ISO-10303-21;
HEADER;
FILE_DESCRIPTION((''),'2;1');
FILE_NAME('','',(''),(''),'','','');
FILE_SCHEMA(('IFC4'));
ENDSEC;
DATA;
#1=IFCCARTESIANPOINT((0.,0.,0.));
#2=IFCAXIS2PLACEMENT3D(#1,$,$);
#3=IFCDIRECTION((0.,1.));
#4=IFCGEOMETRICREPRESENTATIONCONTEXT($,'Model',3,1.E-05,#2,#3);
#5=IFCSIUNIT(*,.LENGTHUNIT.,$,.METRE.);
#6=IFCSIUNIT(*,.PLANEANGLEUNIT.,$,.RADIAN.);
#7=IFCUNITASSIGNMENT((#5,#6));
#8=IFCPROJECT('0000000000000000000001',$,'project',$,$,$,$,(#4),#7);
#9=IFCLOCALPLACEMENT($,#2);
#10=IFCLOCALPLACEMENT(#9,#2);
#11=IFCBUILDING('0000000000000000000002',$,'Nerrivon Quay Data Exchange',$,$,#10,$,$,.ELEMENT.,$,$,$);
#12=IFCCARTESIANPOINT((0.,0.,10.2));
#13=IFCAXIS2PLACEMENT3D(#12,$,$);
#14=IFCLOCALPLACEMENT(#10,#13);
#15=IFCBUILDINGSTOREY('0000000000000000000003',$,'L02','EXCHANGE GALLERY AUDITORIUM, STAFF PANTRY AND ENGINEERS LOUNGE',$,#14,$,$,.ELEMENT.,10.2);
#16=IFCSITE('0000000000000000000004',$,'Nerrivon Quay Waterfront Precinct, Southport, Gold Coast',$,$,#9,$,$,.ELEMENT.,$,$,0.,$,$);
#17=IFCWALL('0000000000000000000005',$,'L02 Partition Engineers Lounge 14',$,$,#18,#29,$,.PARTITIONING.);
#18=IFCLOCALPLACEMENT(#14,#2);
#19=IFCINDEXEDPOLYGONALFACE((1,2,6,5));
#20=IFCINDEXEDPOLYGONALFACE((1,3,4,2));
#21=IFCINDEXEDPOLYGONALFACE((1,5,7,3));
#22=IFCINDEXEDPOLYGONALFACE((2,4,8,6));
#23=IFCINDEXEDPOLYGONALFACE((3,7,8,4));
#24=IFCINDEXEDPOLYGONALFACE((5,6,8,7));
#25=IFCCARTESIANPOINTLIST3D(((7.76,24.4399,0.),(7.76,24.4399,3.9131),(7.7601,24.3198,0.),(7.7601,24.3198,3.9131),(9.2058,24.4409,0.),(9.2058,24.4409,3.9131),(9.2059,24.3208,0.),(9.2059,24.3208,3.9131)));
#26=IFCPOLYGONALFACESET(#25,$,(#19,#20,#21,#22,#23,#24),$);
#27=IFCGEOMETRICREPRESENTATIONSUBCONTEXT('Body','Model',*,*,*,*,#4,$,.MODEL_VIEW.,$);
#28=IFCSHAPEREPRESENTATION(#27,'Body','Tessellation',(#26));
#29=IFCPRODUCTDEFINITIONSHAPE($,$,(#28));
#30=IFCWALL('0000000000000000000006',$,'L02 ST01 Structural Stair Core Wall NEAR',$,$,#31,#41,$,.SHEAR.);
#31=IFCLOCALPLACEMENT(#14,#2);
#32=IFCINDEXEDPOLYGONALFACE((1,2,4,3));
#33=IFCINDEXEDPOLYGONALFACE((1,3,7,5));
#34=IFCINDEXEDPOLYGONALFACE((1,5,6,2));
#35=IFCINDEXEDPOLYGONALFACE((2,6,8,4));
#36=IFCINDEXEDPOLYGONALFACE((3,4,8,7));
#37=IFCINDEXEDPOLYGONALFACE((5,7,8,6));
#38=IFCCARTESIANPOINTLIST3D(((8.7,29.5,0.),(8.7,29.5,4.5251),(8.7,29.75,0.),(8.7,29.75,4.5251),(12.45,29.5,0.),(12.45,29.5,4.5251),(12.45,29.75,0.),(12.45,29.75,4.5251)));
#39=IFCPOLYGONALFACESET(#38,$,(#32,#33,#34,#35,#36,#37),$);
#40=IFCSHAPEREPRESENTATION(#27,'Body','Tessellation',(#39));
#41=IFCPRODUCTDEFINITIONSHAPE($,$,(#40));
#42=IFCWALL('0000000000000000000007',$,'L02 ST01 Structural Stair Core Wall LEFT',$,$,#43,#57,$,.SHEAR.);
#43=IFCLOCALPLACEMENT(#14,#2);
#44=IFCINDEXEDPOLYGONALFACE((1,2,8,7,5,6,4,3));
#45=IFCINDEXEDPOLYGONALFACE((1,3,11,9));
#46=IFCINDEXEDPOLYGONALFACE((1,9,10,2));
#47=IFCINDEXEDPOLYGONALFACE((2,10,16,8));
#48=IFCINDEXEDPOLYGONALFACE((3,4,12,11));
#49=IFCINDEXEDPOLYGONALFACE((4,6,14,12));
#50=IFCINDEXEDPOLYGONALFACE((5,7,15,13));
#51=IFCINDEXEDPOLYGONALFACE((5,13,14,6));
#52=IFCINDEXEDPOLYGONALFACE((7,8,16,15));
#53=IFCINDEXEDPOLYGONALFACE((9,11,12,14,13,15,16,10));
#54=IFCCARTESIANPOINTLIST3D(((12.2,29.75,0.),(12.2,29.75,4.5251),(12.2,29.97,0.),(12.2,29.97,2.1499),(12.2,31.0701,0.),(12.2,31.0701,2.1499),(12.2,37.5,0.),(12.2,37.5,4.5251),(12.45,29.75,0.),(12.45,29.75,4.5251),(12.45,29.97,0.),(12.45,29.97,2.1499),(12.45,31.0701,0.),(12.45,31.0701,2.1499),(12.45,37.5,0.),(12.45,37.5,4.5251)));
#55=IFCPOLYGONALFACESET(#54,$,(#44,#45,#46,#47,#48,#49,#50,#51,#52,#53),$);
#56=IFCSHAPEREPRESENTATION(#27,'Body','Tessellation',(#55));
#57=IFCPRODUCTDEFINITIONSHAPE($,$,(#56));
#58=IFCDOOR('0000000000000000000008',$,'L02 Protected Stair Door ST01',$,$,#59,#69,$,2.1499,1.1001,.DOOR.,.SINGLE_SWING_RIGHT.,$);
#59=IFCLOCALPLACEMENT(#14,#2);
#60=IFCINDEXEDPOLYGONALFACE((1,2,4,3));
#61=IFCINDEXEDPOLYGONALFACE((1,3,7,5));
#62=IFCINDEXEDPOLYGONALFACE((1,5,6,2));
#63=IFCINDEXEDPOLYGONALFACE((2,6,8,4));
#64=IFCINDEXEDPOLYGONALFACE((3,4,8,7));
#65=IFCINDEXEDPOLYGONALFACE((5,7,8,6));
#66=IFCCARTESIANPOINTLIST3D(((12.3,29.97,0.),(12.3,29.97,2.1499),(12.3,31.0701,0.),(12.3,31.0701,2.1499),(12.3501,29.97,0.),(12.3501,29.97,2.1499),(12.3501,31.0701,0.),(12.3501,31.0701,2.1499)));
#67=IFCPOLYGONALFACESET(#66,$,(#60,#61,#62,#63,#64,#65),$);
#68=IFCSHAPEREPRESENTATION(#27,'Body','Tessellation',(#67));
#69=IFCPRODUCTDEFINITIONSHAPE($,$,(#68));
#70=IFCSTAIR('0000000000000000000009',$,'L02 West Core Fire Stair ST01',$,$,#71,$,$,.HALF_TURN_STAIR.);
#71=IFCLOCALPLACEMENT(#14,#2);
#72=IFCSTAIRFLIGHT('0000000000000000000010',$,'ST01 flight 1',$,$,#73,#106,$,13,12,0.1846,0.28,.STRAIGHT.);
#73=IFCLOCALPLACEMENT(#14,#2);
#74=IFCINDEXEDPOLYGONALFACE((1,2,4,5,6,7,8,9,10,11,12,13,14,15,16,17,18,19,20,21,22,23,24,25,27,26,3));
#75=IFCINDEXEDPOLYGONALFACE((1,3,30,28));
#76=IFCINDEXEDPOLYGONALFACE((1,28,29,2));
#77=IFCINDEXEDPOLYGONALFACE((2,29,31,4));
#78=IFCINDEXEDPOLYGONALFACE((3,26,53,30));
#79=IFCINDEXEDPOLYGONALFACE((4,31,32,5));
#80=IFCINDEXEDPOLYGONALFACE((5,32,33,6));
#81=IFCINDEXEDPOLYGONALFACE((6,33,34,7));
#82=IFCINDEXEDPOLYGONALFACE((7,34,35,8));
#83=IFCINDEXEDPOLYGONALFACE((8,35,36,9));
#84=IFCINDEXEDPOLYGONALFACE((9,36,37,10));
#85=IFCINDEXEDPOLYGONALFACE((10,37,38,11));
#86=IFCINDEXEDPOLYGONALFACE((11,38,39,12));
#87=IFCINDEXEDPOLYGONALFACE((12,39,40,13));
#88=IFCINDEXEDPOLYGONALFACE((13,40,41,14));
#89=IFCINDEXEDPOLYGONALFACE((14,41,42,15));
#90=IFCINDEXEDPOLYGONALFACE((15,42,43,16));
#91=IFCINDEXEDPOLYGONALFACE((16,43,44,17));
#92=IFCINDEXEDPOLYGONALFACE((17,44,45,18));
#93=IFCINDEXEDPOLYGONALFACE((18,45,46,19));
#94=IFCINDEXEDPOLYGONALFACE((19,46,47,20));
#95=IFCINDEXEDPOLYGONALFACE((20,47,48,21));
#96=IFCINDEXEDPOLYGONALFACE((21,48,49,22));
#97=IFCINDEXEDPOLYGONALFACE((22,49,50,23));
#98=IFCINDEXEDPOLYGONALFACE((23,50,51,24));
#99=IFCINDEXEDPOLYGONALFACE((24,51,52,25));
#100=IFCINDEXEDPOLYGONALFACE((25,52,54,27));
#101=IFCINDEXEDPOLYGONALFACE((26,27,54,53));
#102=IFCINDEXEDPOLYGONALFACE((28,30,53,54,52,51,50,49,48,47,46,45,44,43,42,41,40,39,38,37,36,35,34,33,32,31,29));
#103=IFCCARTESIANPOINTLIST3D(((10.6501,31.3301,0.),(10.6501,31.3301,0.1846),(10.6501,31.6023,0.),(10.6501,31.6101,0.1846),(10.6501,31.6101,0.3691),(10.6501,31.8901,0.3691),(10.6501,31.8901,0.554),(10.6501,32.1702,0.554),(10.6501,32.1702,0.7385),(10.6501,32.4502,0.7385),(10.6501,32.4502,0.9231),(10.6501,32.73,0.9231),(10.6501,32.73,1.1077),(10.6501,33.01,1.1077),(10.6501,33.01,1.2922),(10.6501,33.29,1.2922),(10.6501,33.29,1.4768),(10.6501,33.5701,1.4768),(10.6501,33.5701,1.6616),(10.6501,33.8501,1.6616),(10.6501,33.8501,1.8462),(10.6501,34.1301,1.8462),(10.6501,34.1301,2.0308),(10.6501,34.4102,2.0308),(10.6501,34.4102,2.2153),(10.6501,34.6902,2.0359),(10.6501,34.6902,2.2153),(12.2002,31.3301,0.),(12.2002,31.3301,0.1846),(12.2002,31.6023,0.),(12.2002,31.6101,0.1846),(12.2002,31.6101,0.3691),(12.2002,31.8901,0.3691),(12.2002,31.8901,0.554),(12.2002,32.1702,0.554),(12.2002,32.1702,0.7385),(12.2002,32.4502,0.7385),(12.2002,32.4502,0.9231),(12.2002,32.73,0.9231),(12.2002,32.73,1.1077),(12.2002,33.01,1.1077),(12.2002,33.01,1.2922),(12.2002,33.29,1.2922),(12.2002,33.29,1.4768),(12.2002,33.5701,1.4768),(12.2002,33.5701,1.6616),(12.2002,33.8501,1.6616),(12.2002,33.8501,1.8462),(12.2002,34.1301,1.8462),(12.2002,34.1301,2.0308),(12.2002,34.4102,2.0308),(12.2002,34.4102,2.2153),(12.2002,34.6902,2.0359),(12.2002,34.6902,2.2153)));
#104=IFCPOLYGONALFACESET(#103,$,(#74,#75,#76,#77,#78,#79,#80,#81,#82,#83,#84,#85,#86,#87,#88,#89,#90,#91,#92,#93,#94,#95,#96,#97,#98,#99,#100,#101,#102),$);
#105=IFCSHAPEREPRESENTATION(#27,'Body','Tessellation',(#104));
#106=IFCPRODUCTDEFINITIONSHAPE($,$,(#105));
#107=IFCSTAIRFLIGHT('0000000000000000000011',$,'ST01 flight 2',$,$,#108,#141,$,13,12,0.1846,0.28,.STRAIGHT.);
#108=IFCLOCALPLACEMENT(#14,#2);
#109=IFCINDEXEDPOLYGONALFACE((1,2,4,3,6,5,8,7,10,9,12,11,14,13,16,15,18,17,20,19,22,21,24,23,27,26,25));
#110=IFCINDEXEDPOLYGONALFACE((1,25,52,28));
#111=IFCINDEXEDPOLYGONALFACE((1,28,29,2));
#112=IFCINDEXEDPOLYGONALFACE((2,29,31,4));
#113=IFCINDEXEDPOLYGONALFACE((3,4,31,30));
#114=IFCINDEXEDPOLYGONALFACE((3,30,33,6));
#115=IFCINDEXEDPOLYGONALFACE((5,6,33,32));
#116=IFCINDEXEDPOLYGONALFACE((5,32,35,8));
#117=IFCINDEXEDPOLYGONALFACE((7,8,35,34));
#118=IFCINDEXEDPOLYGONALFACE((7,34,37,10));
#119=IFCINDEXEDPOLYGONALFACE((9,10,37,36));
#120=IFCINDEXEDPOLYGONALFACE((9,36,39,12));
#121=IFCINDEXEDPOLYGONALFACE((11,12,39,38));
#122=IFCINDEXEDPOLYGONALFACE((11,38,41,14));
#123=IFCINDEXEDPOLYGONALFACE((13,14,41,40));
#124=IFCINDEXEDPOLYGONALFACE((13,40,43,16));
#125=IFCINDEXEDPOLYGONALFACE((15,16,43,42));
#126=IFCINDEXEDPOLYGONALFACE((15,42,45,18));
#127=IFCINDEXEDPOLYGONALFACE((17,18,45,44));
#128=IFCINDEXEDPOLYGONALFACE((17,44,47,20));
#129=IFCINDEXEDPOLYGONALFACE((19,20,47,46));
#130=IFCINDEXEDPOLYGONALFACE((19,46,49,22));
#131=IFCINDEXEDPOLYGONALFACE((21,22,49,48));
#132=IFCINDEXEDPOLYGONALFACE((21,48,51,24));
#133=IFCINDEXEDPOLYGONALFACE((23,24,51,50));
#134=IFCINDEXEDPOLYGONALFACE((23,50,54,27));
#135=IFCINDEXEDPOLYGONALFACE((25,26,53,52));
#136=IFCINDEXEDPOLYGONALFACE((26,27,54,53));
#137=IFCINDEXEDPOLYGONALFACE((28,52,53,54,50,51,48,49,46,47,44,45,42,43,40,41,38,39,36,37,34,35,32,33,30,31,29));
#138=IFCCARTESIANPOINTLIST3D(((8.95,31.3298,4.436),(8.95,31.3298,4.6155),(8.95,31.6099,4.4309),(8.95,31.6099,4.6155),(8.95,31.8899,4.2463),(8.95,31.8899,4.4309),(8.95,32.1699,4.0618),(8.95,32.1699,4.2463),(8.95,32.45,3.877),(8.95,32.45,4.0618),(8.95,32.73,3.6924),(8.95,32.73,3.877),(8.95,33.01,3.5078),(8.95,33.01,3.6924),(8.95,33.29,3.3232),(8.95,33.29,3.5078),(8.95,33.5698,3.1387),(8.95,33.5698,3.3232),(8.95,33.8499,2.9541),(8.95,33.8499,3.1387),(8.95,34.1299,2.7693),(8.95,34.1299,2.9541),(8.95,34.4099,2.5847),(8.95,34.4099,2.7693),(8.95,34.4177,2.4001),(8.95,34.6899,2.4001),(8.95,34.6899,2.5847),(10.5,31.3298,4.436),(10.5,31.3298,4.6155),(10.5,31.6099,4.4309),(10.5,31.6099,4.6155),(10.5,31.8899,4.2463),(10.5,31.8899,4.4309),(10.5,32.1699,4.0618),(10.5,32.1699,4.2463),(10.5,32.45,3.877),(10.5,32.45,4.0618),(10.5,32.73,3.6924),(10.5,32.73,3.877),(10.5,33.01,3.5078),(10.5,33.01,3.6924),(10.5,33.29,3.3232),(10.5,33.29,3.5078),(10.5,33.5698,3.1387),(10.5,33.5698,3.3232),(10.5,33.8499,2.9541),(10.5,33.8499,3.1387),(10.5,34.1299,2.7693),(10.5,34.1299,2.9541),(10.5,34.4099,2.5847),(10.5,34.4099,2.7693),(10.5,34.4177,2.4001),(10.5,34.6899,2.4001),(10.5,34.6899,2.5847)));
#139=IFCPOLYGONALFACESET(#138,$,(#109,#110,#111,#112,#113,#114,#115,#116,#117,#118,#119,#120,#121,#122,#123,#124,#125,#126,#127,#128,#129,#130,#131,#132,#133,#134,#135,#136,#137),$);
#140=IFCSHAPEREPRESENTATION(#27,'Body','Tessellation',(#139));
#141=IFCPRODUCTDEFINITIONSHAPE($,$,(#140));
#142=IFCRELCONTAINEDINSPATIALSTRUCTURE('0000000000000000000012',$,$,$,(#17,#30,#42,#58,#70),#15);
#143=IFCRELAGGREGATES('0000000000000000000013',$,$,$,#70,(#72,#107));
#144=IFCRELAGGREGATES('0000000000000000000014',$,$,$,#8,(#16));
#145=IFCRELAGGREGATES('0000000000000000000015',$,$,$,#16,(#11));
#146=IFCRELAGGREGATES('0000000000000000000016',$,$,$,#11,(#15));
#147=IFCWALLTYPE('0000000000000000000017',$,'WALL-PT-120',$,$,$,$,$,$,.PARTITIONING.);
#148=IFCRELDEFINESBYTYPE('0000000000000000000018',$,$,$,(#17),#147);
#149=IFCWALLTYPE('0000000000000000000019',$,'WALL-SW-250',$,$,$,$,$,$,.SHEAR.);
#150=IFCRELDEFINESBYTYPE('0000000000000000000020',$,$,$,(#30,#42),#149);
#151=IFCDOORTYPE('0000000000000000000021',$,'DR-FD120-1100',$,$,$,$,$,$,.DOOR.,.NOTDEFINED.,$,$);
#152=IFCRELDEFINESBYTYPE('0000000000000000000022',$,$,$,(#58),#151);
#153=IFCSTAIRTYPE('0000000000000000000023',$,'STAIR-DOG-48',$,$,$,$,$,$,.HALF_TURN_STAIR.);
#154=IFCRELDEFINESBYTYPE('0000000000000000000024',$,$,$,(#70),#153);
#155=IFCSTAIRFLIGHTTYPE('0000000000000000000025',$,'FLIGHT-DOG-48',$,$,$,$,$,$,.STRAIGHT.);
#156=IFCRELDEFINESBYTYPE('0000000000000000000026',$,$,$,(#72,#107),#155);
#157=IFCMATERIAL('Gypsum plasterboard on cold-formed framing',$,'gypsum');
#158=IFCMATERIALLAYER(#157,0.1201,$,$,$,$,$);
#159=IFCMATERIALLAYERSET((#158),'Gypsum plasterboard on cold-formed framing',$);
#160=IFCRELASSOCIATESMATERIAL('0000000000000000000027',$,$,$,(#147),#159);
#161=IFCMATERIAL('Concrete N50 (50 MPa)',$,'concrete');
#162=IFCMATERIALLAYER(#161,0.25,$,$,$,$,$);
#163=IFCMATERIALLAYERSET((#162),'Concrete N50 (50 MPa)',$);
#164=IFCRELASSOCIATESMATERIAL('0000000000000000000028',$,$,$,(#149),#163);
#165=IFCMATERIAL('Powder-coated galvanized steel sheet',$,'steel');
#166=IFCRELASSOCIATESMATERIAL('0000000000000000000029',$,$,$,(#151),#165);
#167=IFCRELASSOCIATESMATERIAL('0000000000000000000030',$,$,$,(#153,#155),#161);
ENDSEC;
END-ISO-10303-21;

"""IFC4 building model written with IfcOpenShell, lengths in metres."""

from ifc_helpers import new_model, si_unit, direction, frame, frame_2d, origin, place, context, subcontext, project, spatial, polyline, rectangle, outline, extrude, material, layer, layer_set, type_object, element, fill, aggregate, save


model = new_model("IFC4")

# Units and contexts
model_context = context("Model", 3, precision=1e-05, world=origin(), true_north=direction((0.0, 1.0)))
body_context = subcontext(model_context, "Body", "Model", "MODEL_VIEW")
ifc_project = project(units=[si_unit("LENGTHUNIT", "METRE"), si_unit("PLANEANGLEUNIT", "RADIAN")], contexts=[model_context])

# Site, building, storey
site_placement = place(None, origin())
site = spatial("IfcSite", under=ifc_project, at=site_placement, Name="Nerrivon Quay Waterfront Precinct, Southport, Gold Coast", CompositionType="ELEMENT", RefElevation=0.0)
building_placement = place(site_placement, origin())
building = spatial("IfcBuilding", under=site, at=building_placement, Name="Nerrivon Quay Data Exchange", CompositionType="ELEMENT")
storey_placement = place(building_placement, frame((0.0, 0.0, 10.2)))
storey = spatial("IfcBuildingStorey", under=building, at=storey_placement, Name="L02", Description="EXCHANGE GALLERY AUDITORIUM, STAFF PANTRY AND ENGINEERS LOUNGE", CompositionType="ELEMENT", Elevation=10.2)

# Shared definitions
ifc_material_1 = material(Name="Concrete N50 (50 MPa)", Category="concrete")

# Shared definitions
ifc_material_2 = material(Name="Gypsum plasterboard on cold-formed framing", Category="gypsum")
ifc_material_3 = material(Name="Powder-coated galvanized steel sheet", Category="steel")

# Walls
ifc_layer_1 = layer(ifc_material_2, 0.1201)
ifc_layer_set_1 = layer_set([ifc_layer_1], Name="Gypsum plasterboard on cold-formed framing")
wall_type_1 = type_object("IfcWallType", Name="WALL-PT-120", PredefinedType="PARTITIONING", material=ifc_layer_set_1)
wall_1_placement = place(storey_placement, frame((9.2058, 24.3809, 0.0), z_axis=(0.0, 0.0, 1.0), x_axis=(-1.0, -0.000675, 0.0)))
element("IfcWall", 1, at=wall_1_placement, inside=storey, type_object=wall_type_1, Name="L02 Partition Engineers Lounge 14", PredefinedType="PARTITIONING", context=body_context, shape_type="SweptSolid", body=[
    extrude(rectangle(XDim=1.4458, YDim=0.1201, at=frame_2d((0.7229, 0.0))), origin(), (0.0, 0.0, 1.0), 3.9131),
])
ifc_layer_2 = layer(ifc_material_1, 0.25)
ifc_layer_set_2 = layer_set([ifc_layer_2], Name="Concrete N50 (50 MPa)")
wall_type_2 = type_object("IfcWallType", Name="WALL-SW-250", PredefinedType="SHEAR", material=ifc_layer_set_2)
wall_2_placement = place(storey_placement, frame((12.45, 29.625, 0.0), z_axis=(0.0, 0.0, 1.0), x_axis=(-1.0, 0.0, 0.0)))
element("IfcWall", 2, at=wall_2_placement, inside=storey, type_object=wall_type_2, Name="L02 ST01 Structural Stair Core Wall NEAR", PredefinedType="SHEAR", context=body_context, shape_type="SweptSolid", body=[
    extrude(rectangle(XDim=3.75, YDim=0.25, at=frame_2d((1.875, 0.0))), origin(), (0.0, 0.0, 1.0), 4.5251),
])

# Wall, opening, door
wall_3_placement = place(storey_placement, frame((12.325, 29.75, 0.0), z_axis=(0.0, 0.0, 1.0), x_axis=(0.0, 1.0, 0.0)))
wall_3 = element("IfcWall", 3, at=wall_3_placement, inside=storey, type_object=wall_type_2, Name="L02 ST01 Structural Stair Core Wall LEFT", PredefinedType="SHEAR", context=body_context, shape_type="SweptSolid", body=[
    extrude(rectangle(XDim=7.75, YDim=0.25, at=frame_2d((3.875, 0.0))), origin(), (0.0, 0.0, 1.0), 4.5251),
])
opening_1_placement = place(wall_3_placement, frame((0.22, 0.0, 0.0)))
opening_1 = element("IfcOpeningElement", 4, at=opening_1_placement, cuts=wall_3, PredefinedType="OPENING", context=body_context, shape_type="SweptSolid", body=[
    extrude(rectangle(XDim=1.1001, YDim=2.1499, at=frame_2d((0.55, 1.075))), frame((0.0, 0.135, 0.0), z_axis=(0.0, -1.0, 0.0), x_axis=(1.0, 0.0, 0.0)), (0.0, 0.0, 1.0), 0.27),
])
door_type_1 = type_object("IfcDoorType", Name="DR-FD120-1100", OperationType="NOTDEFINED", PredefinedType="DOOR", material=ifc_material_3)
door_1_placement = place(opening_1_placement, origin())
door_1 = element("IfcDoor", 5, at=door_1_placement, inside=storey, type_object=door_type_1, Name="L02 Protected Stair Door ST01", OperationType="SINGLE_SWING_RIGHT", OverallHeight=2.1499, OverallWidth=1.1001, PredefinedType="DOOR", context=body_context, shape_type="SweptSolid", body=[
    extrude(rectangle(XDim=1.1001, YDim=2.1499, at=frame_2d((0.55, 1.075))), frame((0.0, 0.0249, 0.0), z_axis=(0.0, -1.0, 0.0), x_axis=(1.0, 0.0, 0.0)), (0.0, 0.0, 1.0), 0.05),
])
fill(opening_1, door_1)

# Stair, stair flights
stair_type = type_object("IfcStairType", Name="STAIR-DOG-48", PredefinedType="HALF_TURN_STAIR", material=ifc_material_1)
stair_placement = place(storey_placement, origin())
stair = element("IfcStair", 6, at=stair_placement, inside=storey, type_object=stair_type, Name="L02 West Core Fire Stair ST01", PredefinedType="HALF_TURN_STAIR")
stair_flight_type = type_object("IfcStairFlightType", Name="FLIGHT-DOG-48", PredefinedType="STRAIGHT", material=ifc_material_1)
stair_flight_1_placement = place(storey_placement, frame((11.425, 31.3301, 0.0), z_axis=(0.0, 0.0, 1.0), x_axis=(0.0, 1.0, 0.0)))
stair_flight_1 = element("IfcStairFlight", 7, at=stair_flight_1_placement, type_object=stair_flight_type, Name="ST01 flight 1", NumberOfRisers=13, NumberOfTreads=12, PredefinedType="STRAIGHT", RiserHeight=0.1846, TreadLength=0.28, context=body_context, shape_type="SweptSolid", body=[
    extrude(outline(polyline([(0.0, 0.0), (0.0, 0.1846), (0.28, 0.1846), (0.28, 0.3691), (0.5601, 0.3691), (0.5601, 0.554), (0.8401, 0.554), (0.8401, 0.7385), (1.1201, 0.7385), (1.1201, 0.9231), (1.3999, 0.9231), (1.3999, 1.1077), (1.6799, 1.1077), (1.6799, 1.2922), (1.96, 1.2922), (1.96, 1.4768), (2.24, 1.4768), (2.24, 1.6616), (2.52, 1.6616), (2.52, 1.8462), (2.8, 1.8462), (2.8, 2.0308), (3.0801, 2.0308), (3.0801, 2.2153), (3.3601, 2.2153), (3.3601, 2.3999), (3.3601, 2.0359), (0.2722, 0.0), (0.0, 0.0)])), frame((0.0, 0.7749, 0.0), z_axis=(0.0, -1.0, 0.0), x_axis=(1.0, 0.0, 0.0)), (0.0, 0.0, 1.0), 1.55),
])
stair_flight_2_placement = place(storey_placement, frame((9.7251, 34.6899, 2.4001), z_axis=(0.0, 0.0, 1.0), x_axis=(0.0, -1.0, 0.0)))
stair_flight_2 = element("IfcStairFlight", 8, at=stair_flight_2_placement, type_object=stair_flight_type, Name="ST01 flight 2", NumberOfRisers=13, NumberOfTreads=12, PredefinedType="STRAIGHT", RiserHeight=0.1846, TreadLength=0.28, context=body_context, shape_type="SweptSolid", body=[
    extrude(outline(polyline([(0.0, 0.0), (0.0, 0.1846), (0.28, 0.1846), (0.28, 0.3691), (0.5601, 0.3691), (0.5601, 0.554), (0.8401, 0.554), (0.8401, 0.7385), (1.1201, 0.7385), (1.1201, 0.9231), (1.3999, 0.9231), (1.3999, 1.1077), (1.6799, 1.1077), (1.6799, 1.2922), (1.96, 1.2922), (1.96, 1.4768), (2.24, 1.4768), (2.24, 1.6616), (2.52, 1.6616), (2.52, 1.8462), (2.8, 1.8462), (2.8, 2.0308), (3.0801, 2.0308), (3.0801, 2.2153), (3.3601, 2.2153), (3.3601, 2.3999), (3.3601, 2.0359), (0.2722, 0.0), (0.0, 0.0)])), frame((0.0, 0.7749, 0.0), z_axis=(0.0, -1.0, 0.0), x_axis=(1.0, 0.0, 0.0)), (0.0, 0.0, 1.0), 1.55),
])
aggregate(stair, [stair_flight_1, stair_flight_2])

save(model, "model.ifc")
